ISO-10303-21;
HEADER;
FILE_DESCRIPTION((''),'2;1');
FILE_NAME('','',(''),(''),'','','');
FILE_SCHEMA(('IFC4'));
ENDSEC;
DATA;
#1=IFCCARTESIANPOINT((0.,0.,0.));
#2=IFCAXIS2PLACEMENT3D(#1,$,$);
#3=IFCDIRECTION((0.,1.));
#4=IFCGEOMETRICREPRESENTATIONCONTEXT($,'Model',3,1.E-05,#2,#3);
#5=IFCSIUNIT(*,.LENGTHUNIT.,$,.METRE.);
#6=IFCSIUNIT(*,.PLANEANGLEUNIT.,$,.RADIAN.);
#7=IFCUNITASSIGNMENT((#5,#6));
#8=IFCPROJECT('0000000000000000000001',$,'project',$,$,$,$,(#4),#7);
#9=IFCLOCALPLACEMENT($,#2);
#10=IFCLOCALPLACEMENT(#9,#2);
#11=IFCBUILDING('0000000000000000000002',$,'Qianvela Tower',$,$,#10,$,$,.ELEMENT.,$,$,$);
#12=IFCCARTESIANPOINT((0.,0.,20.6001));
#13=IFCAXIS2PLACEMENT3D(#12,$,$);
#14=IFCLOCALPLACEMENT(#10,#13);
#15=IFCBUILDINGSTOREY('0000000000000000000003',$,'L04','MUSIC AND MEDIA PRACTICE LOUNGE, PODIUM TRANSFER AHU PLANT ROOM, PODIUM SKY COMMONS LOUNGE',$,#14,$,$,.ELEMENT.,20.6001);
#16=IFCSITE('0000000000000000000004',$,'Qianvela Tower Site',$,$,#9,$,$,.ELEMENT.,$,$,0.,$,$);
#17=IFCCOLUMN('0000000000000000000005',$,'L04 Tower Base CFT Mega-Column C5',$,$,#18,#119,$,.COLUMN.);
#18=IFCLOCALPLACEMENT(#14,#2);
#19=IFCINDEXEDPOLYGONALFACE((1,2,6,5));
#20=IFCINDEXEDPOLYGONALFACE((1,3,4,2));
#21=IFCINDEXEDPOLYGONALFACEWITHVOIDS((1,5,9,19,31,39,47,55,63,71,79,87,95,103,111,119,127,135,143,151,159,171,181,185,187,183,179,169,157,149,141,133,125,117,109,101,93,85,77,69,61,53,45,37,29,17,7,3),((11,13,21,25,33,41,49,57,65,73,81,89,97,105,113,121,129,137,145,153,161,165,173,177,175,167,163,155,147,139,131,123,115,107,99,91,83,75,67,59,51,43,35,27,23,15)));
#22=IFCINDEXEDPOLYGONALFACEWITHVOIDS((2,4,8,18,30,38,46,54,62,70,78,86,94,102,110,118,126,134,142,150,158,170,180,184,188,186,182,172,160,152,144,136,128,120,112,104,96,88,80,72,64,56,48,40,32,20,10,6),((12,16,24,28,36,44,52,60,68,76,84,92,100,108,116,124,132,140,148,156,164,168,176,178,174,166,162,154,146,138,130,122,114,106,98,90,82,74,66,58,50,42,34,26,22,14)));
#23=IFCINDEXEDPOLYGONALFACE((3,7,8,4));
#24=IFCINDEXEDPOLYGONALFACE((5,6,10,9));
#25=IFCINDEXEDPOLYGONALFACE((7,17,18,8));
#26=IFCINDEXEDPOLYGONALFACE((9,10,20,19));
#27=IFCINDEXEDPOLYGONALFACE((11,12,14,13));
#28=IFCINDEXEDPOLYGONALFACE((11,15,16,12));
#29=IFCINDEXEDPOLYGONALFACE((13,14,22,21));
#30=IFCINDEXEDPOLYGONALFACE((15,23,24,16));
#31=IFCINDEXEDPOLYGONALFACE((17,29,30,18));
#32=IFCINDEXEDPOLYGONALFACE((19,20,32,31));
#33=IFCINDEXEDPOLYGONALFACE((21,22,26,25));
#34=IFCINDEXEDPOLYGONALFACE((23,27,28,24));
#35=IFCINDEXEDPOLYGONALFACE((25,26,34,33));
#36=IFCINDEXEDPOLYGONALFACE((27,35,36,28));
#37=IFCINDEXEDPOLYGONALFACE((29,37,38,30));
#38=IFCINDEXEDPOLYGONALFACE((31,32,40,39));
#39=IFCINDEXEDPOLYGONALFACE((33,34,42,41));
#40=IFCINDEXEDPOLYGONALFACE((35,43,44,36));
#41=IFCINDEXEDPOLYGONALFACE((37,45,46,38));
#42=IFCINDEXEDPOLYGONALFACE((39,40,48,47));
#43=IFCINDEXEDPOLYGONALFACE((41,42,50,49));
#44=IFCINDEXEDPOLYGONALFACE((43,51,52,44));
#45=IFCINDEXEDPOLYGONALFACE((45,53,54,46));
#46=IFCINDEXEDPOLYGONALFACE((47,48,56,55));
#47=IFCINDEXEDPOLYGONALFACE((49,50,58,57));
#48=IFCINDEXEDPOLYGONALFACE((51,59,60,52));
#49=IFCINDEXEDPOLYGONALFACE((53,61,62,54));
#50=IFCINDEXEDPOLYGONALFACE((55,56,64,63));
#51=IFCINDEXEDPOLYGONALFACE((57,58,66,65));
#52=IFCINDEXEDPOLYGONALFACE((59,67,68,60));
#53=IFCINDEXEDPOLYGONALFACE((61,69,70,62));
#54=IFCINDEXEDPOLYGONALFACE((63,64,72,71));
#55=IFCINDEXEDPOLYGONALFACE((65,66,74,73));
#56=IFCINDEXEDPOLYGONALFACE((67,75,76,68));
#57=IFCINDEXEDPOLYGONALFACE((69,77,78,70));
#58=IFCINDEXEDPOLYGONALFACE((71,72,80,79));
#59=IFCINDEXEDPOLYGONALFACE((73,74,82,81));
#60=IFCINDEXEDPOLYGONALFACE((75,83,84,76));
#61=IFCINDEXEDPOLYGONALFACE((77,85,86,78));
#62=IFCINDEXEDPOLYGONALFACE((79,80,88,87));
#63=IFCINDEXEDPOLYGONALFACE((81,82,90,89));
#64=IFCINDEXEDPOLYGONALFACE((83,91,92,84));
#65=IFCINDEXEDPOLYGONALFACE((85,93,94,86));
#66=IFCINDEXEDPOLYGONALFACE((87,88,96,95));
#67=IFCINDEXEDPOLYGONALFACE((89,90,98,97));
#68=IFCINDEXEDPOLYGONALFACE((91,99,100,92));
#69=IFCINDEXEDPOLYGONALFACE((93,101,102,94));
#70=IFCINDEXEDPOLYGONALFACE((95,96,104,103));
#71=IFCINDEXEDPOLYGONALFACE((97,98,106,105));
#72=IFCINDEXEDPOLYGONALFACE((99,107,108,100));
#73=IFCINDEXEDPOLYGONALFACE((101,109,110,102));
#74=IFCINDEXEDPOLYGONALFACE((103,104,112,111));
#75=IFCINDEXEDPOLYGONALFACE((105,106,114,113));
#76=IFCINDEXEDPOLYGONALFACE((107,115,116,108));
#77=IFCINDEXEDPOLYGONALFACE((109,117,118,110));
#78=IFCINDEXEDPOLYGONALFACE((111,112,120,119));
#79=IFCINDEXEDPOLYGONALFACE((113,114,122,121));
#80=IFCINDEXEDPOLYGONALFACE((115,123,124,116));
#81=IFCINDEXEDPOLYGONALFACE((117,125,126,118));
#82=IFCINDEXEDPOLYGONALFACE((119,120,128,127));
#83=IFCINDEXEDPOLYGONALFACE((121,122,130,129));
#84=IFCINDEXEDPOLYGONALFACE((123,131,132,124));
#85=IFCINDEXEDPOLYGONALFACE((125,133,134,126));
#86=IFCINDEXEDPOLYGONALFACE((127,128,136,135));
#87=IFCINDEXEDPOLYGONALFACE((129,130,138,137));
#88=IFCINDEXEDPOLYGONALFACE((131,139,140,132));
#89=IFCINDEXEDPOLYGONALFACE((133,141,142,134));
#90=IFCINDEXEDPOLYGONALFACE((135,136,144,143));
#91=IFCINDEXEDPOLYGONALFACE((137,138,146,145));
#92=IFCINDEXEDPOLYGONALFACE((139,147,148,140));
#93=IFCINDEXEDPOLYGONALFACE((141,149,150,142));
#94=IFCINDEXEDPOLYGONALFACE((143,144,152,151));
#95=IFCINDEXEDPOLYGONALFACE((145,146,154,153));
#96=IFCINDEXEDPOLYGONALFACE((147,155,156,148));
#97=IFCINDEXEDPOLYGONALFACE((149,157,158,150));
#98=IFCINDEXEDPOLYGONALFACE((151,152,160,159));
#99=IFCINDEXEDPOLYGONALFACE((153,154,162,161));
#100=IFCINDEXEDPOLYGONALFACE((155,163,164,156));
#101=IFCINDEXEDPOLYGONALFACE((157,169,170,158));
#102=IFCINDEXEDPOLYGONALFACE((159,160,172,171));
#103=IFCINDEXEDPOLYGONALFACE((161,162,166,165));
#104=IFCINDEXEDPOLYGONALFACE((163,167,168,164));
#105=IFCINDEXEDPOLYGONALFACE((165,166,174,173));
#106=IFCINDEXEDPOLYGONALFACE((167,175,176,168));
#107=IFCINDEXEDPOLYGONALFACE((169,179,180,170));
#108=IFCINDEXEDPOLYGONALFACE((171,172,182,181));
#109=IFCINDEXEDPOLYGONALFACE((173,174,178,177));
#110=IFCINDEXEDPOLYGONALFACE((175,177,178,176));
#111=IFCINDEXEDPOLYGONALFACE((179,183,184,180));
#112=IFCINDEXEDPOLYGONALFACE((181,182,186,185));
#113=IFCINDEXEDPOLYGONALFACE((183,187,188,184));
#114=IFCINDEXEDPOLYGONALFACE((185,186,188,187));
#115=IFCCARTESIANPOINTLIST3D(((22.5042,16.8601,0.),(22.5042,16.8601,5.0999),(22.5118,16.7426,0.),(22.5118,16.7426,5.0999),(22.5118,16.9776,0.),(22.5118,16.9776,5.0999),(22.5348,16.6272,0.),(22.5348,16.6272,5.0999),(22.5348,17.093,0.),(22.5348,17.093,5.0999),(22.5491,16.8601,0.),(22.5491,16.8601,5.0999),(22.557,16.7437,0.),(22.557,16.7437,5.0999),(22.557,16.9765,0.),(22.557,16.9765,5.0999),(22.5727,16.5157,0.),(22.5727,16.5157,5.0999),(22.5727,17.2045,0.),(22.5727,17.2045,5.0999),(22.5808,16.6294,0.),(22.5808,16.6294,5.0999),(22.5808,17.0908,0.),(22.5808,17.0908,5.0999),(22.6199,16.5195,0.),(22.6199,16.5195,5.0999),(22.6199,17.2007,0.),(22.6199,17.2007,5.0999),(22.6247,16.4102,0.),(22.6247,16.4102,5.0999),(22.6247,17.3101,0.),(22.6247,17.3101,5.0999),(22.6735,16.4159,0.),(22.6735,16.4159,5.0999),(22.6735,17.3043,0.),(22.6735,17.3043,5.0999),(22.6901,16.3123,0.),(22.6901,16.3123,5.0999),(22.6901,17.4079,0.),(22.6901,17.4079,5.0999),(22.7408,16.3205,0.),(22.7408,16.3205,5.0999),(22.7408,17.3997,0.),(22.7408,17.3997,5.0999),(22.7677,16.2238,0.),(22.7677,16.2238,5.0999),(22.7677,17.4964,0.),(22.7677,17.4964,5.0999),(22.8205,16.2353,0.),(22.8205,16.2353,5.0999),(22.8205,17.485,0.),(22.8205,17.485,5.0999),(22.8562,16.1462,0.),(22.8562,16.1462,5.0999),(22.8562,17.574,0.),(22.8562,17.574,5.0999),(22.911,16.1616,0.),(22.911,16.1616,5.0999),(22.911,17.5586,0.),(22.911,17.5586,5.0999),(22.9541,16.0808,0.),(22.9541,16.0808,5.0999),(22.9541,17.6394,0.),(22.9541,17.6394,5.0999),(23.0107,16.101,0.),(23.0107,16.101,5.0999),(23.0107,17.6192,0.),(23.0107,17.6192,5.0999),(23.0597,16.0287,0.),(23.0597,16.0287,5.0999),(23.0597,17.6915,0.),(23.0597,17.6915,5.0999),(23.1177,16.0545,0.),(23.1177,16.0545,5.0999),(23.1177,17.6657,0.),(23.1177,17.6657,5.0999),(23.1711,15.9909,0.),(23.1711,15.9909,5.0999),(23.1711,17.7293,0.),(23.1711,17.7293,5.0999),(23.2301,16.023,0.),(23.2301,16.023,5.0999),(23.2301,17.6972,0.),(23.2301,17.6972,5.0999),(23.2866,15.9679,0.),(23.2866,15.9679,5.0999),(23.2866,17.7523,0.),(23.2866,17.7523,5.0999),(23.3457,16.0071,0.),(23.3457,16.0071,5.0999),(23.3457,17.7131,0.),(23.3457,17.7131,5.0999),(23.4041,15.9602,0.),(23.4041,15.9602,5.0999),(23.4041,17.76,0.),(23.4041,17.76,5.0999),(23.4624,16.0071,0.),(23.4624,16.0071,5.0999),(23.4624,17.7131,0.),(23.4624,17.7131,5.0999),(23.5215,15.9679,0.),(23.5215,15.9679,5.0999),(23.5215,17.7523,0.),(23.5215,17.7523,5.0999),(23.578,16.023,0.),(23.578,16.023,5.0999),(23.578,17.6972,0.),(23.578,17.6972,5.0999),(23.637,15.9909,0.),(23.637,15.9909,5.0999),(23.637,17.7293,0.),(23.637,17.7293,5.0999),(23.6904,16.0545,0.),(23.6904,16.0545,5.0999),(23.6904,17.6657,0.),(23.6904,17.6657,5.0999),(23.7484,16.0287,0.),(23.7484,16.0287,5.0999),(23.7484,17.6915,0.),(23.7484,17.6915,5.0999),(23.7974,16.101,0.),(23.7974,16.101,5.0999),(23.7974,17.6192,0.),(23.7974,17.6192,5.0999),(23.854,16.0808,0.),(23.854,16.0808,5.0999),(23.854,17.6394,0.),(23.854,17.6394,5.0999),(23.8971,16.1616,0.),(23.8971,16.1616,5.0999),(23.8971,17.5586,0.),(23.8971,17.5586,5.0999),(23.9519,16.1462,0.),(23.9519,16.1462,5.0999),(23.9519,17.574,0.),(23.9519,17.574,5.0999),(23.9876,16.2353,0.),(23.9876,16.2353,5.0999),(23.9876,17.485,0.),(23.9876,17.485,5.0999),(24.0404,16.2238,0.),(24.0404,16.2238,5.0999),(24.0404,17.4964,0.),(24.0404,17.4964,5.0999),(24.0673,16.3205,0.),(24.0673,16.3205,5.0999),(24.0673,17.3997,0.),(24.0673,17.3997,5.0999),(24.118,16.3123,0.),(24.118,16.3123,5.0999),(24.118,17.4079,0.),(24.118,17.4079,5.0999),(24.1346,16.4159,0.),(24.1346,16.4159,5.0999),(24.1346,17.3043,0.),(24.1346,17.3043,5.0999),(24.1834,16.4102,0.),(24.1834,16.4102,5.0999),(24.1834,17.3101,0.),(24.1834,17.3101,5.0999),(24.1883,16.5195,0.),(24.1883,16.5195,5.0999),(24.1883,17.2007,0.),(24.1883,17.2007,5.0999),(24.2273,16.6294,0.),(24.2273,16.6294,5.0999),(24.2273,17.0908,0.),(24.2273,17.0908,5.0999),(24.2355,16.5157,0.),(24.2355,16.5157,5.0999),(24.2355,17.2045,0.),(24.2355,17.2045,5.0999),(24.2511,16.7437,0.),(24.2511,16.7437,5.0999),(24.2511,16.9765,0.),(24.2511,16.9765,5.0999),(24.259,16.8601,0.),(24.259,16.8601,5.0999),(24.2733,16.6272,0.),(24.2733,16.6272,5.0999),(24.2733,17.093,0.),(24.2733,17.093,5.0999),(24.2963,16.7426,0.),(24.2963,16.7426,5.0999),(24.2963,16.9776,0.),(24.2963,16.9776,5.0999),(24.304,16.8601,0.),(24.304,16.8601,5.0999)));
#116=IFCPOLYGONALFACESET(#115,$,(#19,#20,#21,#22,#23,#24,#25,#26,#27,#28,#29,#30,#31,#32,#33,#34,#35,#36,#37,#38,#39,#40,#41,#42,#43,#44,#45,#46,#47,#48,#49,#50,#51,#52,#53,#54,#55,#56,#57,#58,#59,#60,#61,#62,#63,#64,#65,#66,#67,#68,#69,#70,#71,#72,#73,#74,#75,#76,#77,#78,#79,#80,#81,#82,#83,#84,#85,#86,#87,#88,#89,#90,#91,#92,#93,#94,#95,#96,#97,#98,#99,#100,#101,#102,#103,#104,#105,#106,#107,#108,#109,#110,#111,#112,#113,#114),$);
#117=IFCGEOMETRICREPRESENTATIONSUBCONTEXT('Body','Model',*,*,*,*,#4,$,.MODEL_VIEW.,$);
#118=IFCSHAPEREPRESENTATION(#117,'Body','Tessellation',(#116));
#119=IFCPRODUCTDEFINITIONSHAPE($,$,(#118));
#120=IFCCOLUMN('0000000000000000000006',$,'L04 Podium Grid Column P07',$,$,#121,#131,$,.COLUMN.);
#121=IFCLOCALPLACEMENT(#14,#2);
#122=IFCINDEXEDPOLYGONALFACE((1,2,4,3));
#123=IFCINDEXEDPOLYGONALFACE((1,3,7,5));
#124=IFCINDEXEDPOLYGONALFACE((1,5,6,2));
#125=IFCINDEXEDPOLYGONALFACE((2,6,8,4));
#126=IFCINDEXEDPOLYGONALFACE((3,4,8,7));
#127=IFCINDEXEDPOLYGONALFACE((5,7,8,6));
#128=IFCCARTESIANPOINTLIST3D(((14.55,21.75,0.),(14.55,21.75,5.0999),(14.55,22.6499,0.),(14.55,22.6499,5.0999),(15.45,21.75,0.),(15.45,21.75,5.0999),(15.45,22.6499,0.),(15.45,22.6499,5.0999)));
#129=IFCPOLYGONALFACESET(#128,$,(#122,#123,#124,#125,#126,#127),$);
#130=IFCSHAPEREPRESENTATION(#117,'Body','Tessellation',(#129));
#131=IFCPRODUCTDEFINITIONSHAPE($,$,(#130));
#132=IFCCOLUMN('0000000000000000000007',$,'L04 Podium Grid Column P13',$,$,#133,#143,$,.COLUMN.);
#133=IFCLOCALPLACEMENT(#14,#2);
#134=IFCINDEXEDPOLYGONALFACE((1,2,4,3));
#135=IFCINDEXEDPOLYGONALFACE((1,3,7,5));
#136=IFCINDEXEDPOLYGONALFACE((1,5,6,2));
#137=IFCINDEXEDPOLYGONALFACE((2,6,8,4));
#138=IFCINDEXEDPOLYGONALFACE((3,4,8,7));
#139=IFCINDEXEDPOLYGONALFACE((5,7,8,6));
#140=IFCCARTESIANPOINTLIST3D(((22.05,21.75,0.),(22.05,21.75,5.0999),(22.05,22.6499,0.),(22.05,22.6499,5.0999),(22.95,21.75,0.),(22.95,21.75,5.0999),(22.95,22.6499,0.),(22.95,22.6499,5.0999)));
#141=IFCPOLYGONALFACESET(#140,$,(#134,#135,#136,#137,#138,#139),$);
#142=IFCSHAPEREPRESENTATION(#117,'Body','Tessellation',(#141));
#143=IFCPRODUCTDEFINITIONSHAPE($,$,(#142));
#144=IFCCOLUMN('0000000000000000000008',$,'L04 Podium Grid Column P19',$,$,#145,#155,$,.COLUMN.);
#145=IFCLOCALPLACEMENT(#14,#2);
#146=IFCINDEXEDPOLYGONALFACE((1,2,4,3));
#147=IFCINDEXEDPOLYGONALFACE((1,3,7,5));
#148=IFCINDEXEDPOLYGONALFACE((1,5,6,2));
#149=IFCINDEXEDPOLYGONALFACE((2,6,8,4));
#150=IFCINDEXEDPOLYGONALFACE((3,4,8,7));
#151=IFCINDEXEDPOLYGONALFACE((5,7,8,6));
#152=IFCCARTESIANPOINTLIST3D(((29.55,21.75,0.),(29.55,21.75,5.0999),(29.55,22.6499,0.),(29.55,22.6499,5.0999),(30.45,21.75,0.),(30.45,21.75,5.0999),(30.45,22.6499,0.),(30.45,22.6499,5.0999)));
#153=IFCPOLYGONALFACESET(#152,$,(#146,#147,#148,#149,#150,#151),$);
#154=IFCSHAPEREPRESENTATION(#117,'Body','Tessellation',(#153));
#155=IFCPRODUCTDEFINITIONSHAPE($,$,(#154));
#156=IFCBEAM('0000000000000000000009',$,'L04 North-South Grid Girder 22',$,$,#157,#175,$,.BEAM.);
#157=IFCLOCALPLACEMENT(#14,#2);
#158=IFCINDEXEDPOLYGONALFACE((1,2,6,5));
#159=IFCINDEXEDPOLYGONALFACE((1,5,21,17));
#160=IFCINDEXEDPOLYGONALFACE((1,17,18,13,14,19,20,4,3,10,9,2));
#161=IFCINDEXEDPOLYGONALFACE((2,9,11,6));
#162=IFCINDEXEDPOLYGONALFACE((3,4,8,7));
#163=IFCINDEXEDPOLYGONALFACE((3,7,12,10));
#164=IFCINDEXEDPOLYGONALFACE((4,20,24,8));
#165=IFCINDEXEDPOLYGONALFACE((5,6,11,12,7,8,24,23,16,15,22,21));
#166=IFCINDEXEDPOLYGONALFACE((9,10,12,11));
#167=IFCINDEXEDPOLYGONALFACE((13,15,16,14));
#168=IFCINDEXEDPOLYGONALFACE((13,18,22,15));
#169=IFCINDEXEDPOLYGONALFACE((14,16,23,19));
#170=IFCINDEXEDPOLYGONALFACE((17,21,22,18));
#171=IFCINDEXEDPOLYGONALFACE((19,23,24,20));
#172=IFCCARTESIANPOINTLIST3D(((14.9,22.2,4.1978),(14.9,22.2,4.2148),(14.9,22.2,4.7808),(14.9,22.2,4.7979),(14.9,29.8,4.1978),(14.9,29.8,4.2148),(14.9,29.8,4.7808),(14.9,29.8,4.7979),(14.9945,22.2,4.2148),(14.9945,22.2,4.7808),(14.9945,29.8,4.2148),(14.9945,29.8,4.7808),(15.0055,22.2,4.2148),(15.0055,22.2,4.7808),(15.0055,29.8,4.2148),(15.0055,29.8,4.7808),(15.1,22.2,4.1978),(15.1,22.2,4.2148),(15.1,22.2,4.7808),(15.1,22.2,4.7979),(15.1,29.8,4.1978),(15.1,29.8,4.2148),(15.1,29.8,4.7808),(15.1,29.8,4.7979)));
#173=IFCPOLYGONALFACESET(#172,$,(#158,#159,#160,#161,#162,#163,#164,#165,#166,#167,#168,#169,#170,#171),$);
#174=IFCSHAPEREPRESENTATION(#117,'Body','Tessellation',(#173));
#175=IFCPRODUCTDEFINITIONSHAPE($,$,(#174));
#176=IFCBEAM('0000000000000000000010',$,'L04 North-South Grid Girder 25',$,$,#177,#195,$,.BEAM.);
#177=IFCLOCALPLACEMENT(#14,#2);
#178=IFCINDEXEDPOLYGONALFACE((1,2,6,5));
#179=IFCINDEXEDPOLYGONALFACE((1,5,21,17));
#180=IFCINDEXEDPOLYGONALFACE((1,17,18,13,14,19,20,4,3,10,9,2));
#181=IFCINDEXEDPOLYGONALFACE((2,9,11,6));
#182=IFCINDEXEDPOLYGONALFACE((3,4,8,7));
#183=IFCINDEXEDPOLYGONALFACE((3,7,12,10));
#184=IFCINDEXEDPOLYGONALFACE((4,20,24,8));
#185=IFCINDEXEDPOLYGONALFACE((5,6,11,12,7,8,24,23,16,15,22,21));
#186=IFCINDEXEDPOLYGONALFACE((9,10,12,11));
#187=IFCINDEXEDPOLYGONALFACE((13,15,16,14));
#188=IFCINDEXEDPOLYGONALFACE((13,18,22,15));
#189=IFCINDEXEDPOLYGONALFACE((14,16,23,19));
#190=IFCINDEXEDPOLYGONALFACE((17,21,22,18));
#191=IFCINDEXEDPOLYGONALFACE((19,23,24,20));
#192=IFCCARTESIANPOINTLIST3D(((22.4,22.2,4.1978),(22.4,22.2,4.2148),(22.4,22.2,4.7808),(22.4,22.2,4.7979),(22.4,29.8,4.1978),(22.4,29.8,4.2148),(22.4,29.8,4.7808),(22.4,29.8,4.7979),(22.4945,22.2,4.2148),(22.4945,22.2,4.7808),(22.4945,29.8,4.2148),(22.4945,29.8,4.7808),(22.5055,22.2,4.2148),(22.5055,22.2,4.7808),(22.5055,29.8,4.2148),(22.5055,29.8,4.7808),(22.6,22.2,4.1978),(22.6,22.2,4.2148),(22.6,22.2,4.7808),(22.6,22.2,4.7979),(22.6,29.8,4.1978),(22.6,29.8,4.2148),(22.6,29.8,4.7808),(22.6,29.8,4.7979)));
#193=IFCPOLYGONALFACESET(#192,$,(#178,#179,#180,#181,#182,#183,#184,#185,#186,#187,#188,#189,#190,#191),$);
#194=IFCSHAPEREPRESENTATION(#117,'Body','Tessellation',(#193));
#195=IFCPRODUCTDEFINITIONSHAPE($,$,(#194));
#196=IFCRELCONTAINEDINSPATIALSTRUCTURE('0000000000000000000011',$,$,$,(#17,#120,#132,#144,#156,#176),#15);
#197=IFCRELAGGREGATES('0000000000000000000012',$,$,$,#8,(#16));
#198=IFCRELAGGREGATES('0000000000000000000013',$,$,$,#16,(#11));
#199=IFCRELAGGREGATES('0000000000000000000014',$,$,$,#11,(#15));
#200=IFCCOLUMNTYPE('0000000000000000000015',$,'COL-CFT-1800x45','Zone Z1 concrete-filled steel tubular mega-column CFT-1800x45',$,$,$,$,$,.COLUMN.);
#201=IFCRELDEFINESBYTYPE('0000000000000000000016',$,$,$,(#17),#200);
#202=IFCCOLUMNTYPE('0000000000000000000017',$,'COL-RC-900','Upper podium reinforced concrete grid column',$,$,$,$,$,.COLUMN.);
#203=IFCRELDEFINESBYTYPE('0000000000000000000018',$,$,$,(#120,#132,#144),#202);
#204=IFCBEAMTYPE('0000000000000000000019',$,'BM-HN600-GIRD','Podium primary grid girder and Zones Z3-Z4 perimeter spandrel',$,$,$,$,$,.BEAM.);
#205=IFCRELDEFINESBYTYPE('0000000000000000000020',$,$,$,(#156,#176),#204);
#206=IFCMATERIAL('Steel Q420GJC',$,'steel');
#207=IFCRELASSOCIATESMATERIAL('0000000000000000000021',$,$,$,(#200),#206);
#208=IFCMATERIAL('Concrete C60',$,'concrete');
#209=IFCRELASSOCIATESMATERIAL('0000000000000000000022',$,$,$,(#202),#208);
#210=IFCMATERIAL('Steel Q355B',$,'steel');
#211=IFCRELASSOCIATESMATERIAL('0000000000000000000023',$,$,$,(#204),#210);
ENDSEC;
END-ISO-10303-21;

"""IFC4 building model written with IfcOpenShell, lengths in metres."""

from ifc_helpers import new_model, si_unit, direction, frame, origin, origin_2d, place, context, subcontext, project, spatial, rectangle, hollow_circle, i_section, extrude, material, material_profile, profile_set, type_object, element, save


model = new_model("IFC4")

# Units and contexts
model_context = context("Model", 3, precision=1e-05, world=origin(), true_north=direction((0.0, 1.0)))
body_context = subcontext(model_context, "Body", "Model", "MODEL_VIEW")
ifc_project = project(units=[si_unit("LENGTHUNIT", "METRE"), si_unit("PLANEANGLEUNIT", "RADIAN")], contexts=[model_context])

# Site, building, storey
site_placement = place(None, origin())
site = spatial("IfcSite", under=ifc_project, at=site_placement, Name="Qianvela Tower Site", CompositionType="ELEMENT", RefElevation=0.0)
building_placement = place(site_placement, origin())
building = spatial("IfcBuilding", under=site, at=building_placement, Name="Qianvela Tower", CompositionType="ELEMENT")
storey_placement = place(building_placement, frame((0.0, 0.0, 20.6001)))
storey = spatial("IfcBuildingStorey", under=building, at=storey_placement, Name="L04", Description="MUSIC AND MEDIA PRACTICE LOUNGE, PODIUM TRANSFER AHU PLANT ROOM, PODIUM SKY COMMONS LOUNGE", CompositionType="ELEMENT", Elevation=20.6001)

# Columns
ifc_material_1 = material(Name="Steel Q420GJC", Category="steel")
ifc_material_profile_1 = material_profile(ifc_material_1, hollow_circle(Radius=0.8999, WallThickness=0.0449, at=origin_2d()), Name="CFT-1800x45")
ifc_profile_set_1 = profile_set([ifc_material_profile_1], Name="Steel Q420GJC")
column_type_1 = type_object("IfcColumnType", Name="COL-CFT-1800x45", Description="Zone Z1 concrete-filled steel tubular mega-column CFT-1800x45", PredefinedType="COLUMN", material=ifc_profile_set_1)
for number, where, z_axis, x_axis, name in (
    (1, (23.4041, 16.8601, 0.0), (0.0, 0.0, 1.0), (1.0, 0.0, 0.0), "L04 Tower Base CFT Mega-Column C5"),
):
    element("IfcColumn", number, at=place(storey_placement, frame(where, z_axis=z_axis, x_axis=x_axis)), inside=storey, type_object=column_type_1, Name=name, PredefinedType="COLUMN", context=body_context, shape_type="SweptSolid", body=[
        extrude(hollow_circle(Radius=0.8999, WallThickness=0.0449, at=origin_2d()), origin(), (0.0, 0.0, 1.0), 5.0999),
    ])
ifc_material_2 = material(Name="Concrete C60", Category="concrete")
ifc_material_profile_2 = material_profile(ifc_material_2, rectangle(XDim=0.8999, YDim=0.8999, at=origin_2d()), Name="RC-COL-900x900")
ifc_profile_set_2 = profile_set([ifc_material_profile_2], Name="Concrete C60")
column_type_2 = type_object("IfcColumnType", Name="COL-RC-900", Description="Upper podium reinforced concrete grid column", PredefinedType="COLUMN", material=ifc_profile_set_2)
for number, where, z_axis, x_axis, name in (
    (2, (15.0, 22.2, 0.0), (0.0, 0.0, 1.0), (1.0, 0.0, 0.0), "L04 Podium Grid Column P07"),
    (3, (22.5, 22.2, 0.0), (0.0, 0.0, 1.0), (1.0, 0.0, 0.0), "L04 Podium Grid Column P13"),
    (4, (30.0, 22.2, 0.0), (0.0, 0.0, 1.0), (1.0, 0.0, 0.0), "L04 Podium Grid Column P19"),
):
    element("IfcColumn", number, at=place(storey_placement, frame(where, z_axis=z_axis, x_axis=x_axis)), inside=storey, type_object=column_type_2, Name=name, PredefinedType="COLUMN", context=body_context, shape_type="SweptSolid", body=[
        extrude(rectangle(XDim=0.8999, YDim=0.8999, at=origin_2d()), origin(), (0.0, 0.0, 1.0), 5.0999),
    ])

# Beams
ifc_material_3 = material(Name="Steel Q355B", Category="steel")
ifc_material_profile_3 = material_profile(ifc_material_3, i_section(OverallWidth=0.2, OverallDepth=0.6001, WebThickness=0.011, FlangeThickness=0.0171, at=origin_2d()), Name="HN600x200x11x17")
ifc_profile_set_3 = profile_set([ifc_material_profile_3], Name="Steel Q355B")
beam_type_1 = type_object("IfcBeamType", Name="BM-HN600-GIRD", Description="Podium primary grid girder and Zones Z3-Z4 perimeter spandrel", PredefinedType="BEAM", material=ifc_profile_set_3)
for number, where, z_axis, x_axis, name in (
    (5, (15.0, 22.2, 4.4978), (0.0, 1.0, 0.0), (-1.0, 0.0, 0.0), "L04 North-South Grid Girder 22"),
    (6, (22.5, 22.2, 4.4978), (0.0, 1.0, 0.0), (-1.0, 0.0, 0.0), "L04 North-South Grid Girder 25"),
):
    element("IfcBeam", number, at=place(storey_placement, frame(where, z_axis=z_axis, x_axis=x_axis)), inside=storey, type_object=beam_type_1, Name=name, PredefinedType="BEAM", context=body_context, shape_type="SweptSolid", body=[
        extrude(i_section(OverallWidth=0.2, OverallDepth=0.6001, WebThickness=0.011, FlangeThickness=0.0171, at=origin_2d()), origin(), (0.0, 0.0, 1.0), 7.6001),
    ])

save(model, "model.ifc")
